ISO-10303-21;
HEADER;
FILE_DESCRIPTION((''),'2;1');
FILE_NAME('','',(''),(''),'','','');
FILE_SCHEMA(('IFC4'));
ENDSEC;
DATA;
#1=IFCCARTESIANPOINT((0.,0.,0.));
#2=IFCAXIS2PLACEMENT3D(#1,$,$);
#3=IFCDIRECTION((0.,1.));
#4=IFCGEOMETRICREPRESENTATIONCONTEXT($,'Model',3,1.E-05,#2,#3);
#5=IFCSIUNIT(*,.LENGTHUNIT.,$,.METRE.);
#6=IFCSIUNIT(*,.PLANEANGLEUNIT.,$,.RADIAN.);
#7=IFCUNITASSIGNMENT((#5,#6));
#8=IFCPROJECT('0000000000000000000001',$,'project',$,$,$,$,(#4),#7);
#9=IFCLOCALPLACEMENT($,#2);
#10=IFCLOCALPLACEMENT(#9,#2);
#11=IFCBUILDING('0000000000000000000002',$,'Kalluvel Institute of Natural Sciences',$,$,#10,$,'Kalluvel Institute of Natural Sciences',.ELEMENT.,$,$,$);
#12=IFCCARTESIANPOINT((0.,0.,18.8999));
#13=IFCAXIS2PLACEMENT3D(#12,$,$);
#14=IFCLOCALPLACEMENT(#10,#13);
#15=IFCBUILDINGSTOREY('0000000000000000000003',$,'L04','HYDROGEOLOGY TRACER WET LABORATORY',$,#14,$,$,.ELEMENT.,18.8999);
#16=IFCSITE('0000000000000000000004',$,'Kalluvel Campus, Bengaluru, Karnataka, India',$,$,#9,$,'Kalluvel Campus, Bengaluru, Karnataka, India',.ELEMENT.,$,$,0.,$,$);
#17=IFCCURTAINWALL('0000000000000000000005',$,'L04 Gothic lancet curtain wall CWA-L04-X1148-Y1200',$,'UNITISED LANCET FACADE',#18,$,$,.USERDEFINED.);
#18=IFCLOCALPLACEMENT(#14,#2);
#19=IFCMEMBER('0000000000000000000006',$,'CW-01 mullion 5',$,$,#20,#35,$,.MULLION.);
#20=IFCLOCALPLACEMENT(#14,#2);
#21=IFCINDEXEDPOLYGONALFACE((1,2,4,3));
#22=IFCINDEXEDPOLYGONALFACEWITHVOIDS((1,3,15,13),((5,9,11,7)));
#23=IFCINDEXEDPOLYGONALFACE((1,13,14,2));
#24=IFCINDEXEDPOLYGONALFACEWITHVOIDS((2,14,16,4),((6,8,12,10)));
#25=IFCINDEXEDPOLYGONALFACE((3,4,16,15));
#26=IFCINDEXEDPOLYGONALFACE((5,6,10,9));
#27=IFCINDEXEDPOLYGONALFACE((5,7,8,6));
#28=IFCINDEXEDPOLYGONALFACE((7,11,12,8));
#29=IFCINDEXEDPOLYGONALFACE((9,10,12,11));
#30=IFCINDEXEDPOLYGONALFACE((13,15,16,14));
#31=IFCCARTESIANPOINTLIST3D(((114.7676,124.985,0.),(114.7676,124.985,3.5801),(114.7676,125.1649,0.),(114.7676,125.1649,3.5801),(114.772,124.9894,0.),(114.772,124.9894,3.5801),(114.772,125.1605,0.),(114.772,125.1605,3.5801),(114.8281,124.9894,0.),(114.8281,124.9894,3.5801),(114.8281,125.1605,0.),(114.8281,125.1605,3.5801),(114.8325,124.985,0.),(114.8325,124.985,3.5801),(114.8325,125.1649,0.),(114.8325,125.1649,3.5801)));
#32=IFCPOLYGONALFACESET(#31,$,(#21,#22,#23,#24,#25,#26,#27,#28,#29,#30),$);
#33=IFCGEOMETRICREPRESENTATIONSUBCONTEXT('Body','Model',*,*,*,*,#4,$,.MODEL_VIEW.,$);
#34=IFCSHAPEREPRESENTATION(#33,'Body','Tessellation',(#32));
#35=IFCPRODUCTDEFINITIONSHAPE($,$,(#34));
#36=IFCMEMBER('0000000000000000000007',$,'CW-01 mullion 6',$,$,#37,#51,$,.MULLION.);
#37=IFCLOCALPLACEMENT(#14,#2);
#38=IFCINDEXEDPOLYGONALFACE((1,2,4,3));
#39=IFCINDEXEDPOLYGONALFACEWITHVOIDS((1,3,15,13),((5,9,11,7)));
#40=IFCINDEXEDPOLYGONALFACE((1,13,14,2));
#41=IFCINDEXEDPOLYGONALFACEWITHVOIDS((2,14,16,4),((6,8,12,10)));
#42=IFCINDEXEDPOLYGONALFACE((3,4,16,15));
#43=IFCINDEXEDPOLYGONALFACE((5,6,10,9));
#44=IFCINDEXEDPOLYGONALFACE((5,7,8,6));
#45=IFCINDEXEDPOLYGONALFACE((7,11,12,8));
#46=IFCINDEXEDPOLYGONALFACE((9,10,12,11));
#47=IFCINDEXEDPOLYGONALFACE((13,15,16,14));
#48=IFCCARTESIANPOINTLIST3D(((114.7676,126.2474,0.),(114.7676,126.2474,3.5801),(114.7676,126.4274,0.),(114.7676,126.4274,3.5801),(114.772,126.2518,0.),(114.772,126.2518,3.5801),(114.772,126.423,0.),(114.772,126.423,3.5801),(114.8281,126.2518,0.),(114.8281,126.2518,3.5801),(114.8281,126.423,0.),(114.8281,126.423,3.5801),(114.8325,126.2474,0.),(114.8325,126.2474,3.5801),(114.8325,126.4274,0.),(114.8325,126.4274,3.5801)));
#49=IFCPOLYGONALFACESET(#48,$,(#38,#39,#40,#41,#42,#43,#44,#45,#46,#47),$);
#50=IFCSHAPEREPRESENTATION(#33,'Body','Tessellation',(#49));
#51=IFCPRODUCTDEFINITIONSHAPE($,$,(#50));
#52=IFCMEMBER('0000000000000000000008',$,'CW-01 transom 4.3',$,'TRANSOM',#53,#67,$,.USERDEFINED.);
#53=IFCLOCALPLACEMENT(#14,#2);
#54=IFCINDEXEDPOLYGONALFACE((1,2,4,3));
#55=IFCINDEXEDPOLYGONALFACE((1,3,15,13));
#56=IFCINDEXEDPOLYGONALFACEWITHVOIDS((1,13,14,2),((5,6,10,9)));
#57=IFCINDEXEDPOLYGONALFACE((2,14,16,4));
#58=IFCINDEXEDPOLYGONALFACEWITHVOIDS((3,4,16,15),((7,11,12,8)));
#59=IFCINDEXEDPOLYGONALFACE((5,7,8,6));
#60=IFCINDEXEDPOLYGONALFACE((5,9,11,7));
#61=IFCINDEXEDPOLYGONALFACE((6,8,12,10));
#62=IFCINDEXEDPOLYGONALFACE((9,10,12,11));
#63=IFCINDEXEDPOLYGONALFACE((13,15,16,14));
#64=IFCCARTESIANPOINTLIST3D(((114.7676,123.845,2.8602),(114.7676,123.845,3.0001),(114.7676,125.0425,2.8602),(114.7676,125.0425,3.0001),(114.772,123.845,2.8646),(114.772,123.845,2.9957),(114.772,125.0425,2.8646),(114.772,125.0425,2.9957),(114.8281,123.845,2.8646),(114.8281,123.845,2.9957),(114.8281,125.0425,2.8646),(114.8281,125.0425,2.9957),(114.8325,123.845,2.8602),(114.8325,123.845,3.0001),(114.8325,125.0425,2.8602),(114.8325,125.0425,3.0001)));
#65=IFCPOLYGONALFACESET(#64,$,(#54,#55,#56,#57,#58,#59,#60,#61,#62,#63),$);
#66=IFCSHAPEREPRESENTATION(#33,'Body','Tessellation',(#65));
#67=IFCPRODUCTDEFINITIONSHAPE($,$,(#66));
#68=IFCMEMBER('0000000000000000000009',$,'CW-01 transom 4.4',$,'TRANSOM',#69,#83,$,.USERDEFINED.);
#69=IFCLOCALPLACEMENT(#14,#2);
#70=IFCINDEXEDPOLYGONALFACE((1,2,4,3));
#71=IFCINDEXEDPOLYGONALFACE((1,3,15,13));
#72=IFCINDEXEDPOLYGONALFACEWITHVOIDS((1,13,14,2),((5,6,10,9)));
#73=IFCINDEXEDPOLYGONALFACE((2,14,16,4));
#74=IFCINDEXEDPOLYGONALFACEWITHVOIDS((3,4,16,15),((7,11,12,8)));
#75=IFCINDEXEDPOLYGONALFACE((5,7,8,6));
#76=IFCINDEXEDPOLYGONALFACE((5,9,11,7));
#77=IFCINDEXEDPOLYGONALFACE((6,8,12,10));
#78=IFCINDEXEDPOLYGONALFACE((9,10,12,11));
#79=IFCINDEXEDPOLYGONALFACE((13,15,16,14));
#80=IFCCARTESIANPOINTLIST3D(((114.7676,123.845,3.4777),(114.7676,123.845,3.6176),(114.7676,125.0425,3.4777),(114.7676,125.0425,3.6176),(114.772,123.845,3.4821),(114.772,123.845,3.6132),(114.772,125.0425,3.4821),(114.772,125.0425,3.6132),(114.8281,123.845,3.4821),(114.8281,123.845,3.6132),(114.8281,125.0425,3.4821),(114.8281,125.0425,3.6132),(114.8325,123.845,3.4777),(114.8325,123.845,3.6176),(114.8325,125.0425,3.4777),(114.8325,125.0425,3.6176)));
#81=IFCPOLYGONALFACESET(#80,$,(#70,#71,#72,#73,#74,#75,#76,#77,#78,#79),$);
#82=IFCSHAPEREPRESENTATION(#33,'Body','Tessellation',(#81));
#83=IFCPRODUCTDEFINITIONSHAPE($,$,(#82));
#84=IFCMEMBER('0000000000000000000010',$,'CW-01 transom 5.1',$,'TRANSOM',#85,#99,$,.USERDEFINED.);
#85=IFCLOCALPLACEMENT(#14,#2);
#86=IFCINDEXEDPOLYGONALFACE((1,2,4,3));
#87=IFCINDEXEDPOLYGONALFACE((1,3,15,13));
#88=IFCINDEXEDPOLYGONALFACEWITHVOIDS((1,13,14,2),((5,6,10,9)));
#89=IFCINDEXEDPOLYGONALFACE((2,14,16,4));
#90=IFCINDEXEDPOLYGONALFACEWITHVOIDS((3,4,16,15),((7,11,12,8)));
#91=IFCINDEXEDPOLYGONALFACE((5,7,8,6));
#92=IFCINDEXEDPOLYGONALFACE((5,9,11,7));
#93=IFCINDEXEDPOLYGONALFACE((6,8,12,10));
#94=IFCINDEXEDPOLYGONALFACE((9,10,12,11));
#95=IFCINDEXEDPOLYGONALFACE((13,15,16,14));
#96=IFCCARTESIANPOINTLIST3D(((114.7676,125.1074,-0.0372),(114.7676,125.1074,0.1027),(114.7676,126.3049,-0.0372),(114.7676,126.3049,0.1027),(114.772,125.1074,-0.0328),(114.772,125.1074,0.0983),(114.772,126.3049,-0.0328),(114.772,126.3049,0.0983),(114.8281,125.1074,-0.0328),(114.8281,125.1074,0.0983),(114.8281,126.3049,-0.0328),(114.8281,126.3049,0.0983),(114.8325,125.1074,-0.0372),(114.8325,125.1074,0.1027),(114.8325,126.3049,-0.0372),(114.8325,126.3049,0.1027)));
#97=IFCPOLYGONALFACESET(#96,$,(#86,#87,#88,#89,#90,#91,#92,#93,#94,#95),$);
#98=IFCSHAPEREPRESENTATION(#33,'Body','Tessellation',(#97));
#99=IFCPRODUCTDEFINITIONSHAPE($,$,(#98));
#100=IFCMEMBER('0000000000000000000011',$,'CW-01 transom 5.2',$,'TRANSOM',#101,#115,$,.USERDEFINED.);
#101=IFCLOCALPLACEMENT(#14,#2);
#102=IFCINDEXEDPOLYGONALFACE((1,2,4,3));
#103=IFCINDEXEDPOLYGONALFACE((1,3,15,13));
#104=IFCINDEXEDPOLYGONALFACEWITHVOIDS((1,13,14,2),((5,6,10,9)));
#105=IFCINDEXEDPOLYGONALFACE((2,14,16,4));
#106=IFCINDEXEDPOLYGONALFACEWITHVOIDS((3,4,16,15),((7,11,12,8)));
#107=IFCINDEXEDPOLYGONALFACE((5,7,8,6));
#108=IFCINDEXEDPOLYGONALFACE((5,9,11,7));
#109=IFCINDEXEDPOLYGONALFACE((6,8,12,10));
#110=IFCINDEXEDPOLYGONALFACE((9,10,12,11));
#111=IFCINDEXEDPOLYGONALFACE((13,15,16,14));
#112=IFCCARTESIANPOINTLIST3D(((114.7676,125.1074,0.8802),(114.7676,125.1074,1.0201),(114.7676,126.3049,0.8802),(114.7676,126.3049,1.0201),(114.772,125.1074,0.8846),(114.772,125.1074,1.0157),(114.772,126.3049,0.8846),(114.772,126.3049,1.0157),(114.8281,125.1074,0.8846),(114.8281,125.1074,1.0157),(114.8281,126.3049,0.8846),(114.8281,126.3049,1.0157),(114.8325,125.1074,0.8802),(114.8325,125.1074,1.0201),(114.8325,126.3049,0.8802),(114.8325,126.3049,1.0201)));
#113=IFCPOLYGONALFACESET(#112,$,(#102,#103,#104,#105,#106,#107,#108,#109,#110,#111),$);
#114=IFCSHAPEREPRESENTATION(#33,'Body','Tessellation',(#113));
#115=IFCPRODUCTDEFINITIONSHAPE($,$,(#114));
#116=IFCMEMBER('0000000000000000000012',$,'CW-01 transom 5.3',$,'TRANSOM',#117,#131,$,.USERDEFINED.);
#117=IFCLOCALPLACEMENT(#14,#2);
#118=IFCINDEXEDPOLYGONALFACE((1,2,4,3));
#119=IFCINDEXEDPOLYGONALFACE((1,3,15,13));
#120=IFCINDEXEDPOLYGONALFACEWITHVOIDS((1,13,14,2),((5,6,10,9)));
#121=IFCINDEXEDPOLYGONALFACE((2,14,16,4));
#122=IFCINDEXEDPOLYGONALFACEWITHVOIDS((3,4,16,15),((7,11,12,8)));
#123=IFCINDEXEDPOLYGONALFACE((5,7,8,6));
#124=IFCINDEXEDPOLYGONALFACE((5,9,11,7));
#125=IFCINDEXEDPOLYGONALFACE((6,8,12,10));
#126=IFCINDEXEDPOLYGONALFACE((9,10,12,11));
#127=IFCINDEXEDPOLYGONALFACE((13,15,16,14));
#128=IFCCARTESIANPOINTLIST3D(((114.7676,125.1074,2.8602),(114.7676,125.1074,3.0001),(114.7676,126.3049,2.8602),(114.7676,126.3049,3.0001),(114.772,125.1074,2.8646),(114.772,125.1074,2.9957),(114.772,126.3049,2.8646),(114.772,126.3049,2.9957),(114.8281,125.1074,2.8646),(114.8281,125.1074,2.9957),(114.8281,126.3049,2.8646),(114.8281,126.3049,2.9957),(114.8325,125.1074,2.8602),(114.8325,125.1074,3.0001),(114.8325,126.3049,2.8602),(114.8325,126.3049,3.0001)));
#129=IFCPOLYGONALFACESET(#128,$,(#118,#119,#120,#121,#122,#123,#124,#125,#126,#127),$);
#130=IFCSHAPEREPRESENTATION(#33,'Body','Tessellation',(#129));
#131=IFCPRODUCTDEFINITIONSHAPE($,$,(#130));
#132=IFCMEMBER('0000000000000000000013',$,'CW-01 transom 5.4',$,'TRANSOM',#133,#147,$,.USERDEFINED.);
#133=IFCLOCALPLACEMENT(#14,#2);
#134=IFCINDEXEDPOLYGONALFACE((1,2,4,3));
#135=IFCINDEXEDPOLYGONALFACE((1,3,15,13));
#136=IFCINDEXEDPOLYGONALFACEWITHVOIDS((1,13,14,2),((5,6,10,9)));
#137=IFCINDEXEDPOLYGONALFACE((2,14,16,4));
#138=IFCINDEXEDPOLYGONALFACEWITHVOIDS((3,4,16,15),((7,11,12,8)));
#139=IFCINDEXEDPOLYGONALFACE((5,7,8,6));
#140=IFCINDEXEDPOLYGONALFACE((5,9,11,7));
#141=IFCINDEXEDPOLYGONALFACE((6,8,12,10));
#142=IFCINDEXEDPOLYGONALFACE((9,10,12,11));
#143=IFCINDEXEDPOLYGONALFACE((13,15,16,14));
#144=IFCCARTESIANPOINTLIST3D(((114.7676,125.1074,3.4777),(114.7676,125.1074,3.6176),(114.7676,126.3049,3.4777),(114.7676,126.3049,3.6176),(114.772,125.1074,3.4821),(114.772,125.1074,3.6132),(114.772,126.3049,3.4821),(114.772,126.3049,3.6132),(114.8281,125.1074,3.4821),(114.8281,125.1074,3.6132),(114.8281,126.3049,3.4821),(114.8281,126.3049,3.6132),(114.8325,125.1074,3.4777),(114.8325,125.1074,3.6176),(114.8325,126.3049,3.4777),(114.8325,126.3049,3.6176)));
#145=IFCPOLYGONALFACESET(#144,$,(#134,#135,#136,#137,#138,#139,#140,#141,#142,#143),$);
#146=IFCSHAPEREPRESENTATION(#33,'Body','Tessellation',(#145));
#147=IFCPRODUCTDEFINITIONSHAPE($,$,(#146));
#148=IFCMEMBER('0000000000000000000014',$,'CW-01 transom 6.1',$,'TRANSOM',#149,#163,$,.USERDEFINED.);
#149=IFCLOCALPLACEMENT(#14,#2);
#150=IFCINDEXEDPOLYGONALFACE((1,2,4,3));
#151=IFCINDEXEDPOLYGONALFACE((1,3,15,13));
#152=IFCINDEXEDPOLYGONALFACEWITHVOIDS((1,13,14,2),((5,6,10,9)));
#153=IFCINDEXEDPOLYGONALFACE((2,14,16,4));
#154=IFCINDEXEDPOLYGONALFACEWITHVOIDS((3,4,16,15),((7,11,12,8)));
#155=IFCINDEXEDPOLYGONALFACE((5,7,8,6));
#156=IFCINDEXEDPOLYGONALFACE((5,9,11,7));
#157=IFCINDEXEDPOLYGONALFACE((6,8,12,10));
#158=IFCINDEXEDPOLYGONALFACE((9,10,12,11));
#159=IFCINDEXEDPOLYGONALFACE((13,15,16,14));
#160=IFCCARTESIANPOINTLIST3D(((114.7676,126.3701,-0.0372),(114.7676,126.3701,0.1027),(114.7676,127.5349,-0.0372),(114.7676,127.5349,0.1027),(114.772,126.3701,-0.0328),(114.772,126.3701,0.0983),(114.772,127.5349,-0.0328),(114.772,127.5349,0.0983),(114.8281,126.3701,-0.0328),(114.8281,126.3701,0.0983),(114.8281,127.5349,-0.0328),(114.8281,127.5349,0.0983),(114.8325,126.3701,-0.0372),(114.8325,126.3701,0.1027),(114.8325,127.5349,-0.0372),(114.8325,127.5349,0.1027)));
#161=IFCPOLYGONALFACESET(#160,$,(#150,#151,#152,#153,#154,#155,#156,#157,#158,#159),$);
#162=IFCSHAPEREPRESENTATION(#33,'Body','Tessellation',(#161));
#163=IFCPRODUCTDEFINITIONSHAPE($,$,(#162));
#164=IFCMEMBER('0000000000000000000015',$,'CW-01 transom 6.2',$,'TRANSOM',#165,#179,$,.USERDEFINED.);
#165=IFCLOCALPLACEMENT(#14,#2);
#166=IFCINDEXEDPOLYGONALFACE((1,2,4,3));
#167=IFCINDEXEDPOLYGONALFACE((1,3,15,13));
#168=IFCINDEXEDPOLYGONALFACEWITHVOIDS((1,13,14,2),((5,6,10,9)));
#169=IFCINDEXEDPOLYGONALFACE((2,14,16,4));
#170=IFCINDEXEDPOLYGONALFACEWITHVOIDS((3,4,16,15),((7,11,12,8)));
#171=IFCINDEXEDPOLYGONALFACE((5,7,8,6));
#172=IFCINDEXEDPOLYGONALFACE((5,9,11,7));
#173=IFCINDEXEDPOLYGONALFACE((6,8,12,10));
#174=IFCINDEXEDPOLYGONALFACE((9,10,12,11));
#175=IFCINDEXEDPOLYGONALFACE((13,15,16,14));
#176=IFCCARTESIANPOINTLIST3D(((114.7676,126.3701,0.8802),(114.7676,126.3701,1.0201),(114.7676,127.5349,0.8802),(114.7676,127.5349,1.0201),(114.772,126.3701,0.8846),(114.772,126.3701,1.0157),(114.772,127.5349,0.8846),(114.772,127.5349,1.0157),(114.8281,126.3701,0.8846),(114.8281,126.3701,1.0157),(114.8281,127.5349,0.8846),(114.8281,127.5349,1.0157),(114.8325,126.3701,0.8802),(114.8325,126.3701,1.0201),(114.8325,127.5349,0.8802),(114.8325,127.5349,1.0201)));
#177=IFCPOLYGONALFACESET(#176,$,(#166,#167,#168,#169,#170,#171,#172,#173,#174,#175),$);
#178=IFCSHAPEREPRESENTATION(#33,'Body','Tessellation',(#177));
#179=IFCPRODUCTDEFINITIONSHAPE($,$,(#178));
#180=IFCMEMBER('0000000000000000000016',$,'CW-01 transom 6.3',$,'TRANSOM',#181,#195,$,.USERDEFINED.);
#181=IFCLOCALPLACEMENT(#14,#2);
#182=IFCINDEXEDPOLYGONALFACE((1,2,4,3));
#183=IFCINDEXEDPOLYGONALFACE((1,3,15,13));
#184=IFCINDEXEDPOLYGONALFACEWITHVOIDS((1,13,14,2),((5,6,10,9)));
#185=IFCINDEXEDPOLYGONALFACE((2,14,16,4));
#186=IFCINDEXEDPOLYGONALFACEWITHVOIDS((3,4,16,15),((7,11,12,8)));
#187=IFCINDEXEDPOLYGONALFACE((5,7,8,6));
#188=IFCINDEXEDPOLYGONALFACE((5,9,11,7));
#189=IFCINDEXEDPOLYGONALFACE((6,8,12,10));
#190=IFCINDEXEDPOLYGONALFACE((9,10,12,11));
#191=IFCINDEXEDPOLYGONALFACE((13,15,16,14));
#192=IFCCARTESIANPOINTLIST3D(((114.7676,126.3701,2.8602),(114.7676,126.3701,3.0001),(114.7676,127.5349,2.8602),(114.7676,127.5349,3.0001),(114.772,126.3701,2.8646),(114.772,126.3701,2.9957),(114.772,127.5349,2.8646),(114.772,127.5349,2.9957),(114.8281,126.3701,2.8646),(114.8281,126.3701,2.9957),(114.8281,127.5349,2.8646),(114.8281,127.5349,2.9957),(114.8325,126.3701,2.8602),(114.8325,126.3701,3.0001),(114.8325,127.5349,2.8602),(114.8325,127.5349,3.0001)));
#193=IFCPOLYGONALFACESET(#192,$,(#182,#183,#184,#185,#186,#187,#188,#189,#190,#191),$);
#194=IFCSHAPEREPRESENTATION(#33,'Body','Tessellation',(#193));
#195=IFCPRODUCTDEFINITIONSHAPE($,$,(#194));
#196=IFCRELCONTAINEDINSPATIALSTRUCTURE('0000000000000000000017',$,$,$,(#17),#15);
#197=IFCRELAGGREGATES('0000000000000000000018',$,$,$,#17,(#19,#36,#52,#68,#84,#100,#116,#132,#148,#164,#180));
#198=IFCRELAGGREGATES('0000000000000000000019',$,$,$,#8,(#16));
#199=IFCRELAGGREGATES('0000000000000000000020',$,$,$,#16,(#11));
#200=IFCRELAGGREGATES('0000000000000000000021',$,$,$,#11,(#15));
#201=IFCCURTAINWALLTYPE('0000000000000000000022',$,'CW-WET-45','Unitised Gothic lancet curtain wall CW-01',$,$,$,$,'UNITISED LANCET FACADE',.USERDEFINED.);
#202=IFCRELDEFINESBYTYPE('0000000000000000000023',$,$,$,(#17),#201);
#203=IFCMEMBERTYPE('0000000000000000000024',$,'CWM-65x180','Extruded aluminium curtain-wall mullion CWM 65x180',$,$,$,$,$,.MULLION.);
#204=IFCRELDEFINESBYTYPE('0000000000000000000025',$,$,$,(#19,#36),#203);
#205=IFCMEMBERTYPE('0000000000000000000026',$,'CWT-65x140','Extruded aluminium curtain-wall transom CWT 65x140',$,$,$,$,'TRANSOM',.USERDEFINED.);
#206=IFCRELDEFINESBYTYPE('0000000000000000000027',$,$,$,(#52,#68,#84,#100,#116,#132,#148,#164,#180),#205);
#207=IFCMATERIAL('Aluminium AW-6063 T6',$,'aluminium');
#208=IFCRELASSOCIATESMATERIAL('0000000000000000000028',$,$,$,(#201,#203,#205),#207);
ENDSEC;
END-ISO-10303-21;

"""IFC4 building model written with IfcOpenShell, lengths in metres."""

from ifc_helpers import new_model, si_unit, direction, frame, origin, origin_2d, place, context, subcontext, project, spatial, hollow_rectangle, extrude, material, material_profile, profile_set, type_object, element, aggregate, save


model = new_model("IFC4")

# Units and contexts
model_context = context("Model", 3, precision=1e-05, world=origin(), true_north=direction((0.0, 1.0)))
body_context = subcontext(model_context, "Body", "Model", "MODEL_VIEW")
ifc_project = project(units=[si_unit("LENGTHUNIT", "METRE"), si_unit("PLANEANGLEUNIT", "RADIAN")], contexts=[model_context])

# Site, building, storey
site_placement = place(None, origin())
site = spatial("IfcSite", under=ifc_project, at=site_placement, Name="Kalluvel Campus, Bengaluru, Karnataka, India", LongName="Kalluvel Campus, Bengaluru, Karnataka, India", CompositionType="ELEMENT", RefElevation=0.0)
building_placement = place(site_placement, origin())
building = spatial("IfcBuilding", under=site, at=building_placement, Name="Kalluvel Institute of Natural Sciences", LongName="Kalluvel Institute of Natural Sciences", CompositionType="ELEMENT")
storey_placement = place(building_placement, frame((0.0, 0.0, 18.8999)))
storey = spatial("IfcBuildingStorey", under=building, at=storey_placement, Name="L04", Description="HYDROGEOLOGY TRACER WET LABORATORY", CompositionType="ELEMENT", Elevation=18.8999)

# Curtain wall, members
ifc_material_1 = material(Name="Aluminium AW-6063 T6", Category="aluminium")
curtain_wall_type = type_object("IfcCurtainWallType", Name="CW-WET-45", Description="Unitised Gothic lancet curtain wall CW-01", ElementType="UNITISED LANCET FACADE", PredefinedType="USERDEFINED", material=ifc_material_1)
curtain_wall_placement = place(storey_placement, origin())
curtain_wall = element("IfcCurtainWall", 1, at=curtain_wall_placement, inside=storey, type_object=curtain_wall_type, Name="L04 Gothic lancet curtain wall CWA-L04-X1148-Y1200", ObjectType="UNITISED LANCET FACADE", PredefinedType="USERDEFINED")
ifc_material_profile_1 = material_profile(ifc_material_1, hollow_rectangle(XDim=0.0649, YDim=0.1799, WallThickness=0.0044, at=origin_2d()), Name="CWM 65x180")
ifc_profile_set_1 = profile_set([ifc_material_profile_1], Name="Aluminium AW-6063 T6")
member_type_1 = type_object("IfcMemberType", Name="CWM-65x180", Description="Extruded aluminium curtain-wall mullion CWM 65x180", PredefinedType="MULLION", material=ifc_profile_set_1)
member_1_placement = place(storey_placement, frame((114.8, 125.075, 0.0), z_axis=(0.0, 0.0, 1.0), x_axis=(-1.0, 0.0, 0.0)))
member_1 = element("IfcMember", 2, at=member_1_placement, type_object=member_type_1, Name="CW-01 mullion 5", PredefinedType="MULLION", context=body_context, shape_type="SweptSolid", body=[
    extrude(hollow_rectangle(XDim=0.0649, YDim=0.1799, WallThickness=0.0044, at=origin_2d()), origin(), (0.0, 0.0, 1.0), 3.5801),
])
member_2_placement = place(storey_placement, frame((114.8, 126.3374, 0.0), z_axis=(0.0, 0.0, 1.0), x_axis=(-1.0, 0.0, 0.0)))
member_2 = element("IfcMember", 3, at=member_2_placement, type_object=member_type_1, Name="CW-01 mullion 6", PredefinedType="MULLION", context=body_context, shape_type="SweptSolid", body=[
    extrude(hollow_rectangle(XDim=0.0649, YDim=0.1799, WallThickness=0.0044, at=origin_2d()), origin(), (0.0, 0.0, 1.0), 3.5801),
])
ifc_material_profile_2 = material_profile(ifc_material_1, hollow_rectangle(XDim=0.0649, YDim=0.1399, WallThickness=0.0044, at=origin_2d()), Name="CWT 65x140")
ifc_profile_set_2 = profile_set([ifc_material_profile_2], Name="Aluminium AW-6063 T6")
member_type_2 = type_object("IfcMemberType", Name="CWT-65x140", Description="Extruded aluminium curtain-wall transom CWT 65x140", ElementType="TRANSOM", PredefinedType="USERDEFINED", material=ifc_profile_set_2)
member_3_placement = place(storey_placement, frame((114.8, 123.845, 2.9302), z_axis=(0.0, 1.0, 0.0), x_axis=(-1.0, 0.0, 0.0)))
member_3 = element("IfcMember", 4, at=member_3_placement, type_object=member_type_2, Name="CW-01 transom 4.3", ObjectType="TRANSOM", PredefinedType="USERDEFINED", context=body_context, shape_type="SweptSolid", body=[
    extrude(hollow_rectangle(XDim=0.0649, YDim=0.1399, WallThickness=0.0044, at=origin_2d()), origin(), (0.0, 0.0, 1.0), 1.1975),
])
member_4_placement = place(storey_placement, frame((114.8, 123.845, 3.5476), z_axis=(0.0, 1.0, 0.0), x_axis=(-1.0, 0.0, 0.0)))
member_4 = element("IfcMember", 5, at=member_4_placement, type_object=member_type_2, Name="CW-01 transom 4.4", ObjectType="TRANSOM", PredefinedType="USERDEFINED", context=body_context, shape_type="SweptSolid", body=[
    extrude(hollow_rectangle(XDim=0.0649, YDim=0.1399, WallThickness=0.0044, at=origin_2d()), origin(), (0.0, 0.0, 1.0), 1.1975),
])
member_5_placement = place(storey_placement, frame((114.8, 125.1074, 0.0327), z_axis=(0.0, 1.0, 0.0), x_axis=(-1.0, 0.0, 0.0)))
member_5 = element("IfcMember", 6, at=member_5_placement, type_object=member_type_2, Name="CW-01 transom 5.1", ObjectType="TRANSOM", PredefinedType="USERDEFINED", context=body_context, shape_type="SweptSolid", body=[
    extrude(hollow_rectangle(XDim=0.0649, YDim=0.1399, WallThickness=0.0044, at=origin_2d()), origin(), (0.0, 0.0, 1.0), 1.1975),
])
member_6_placement = place(storey_placement, frame((114.8, 125.1074, 0.9502), z_axis=(0.0, 1.0, 0.0), x_axis=(-1.0, 0.0, 0.0)))
member_6 = element("IfcMember", 7, at=member_6_placement, type_object=member_type_2, Name="CW-01 transom 5.2", ObjectType="TRANSOM", PredefinedType="USERDEFINED", context=body_context, shape_type="SweptSolid", body=[
    extrude(hollow_rectangle(XDim=0.0649, YDim=0.1399, WallThickness=0.0044, at=origin_2d()), origin(), (0.0, 0.0, 1.0), 1.1975),
])
member_7_placement = place(storey_placement, frame((114.8, 125.1074, 2.9302), z_axis=(0.0, 1.0, 0.0), x_axis=(-1.0, 0.0, 0.0)))
member_7 = element("IfcMember", 8, at=member_7_placement, type_object=member_type_2, Name="CW-01 transom 5.3", ObjectType="TRANSOM", PredefinedType="USERDEFINED", context=body_context, shape_type="SweptSolid", body=[
    extrude(hollow_rectangle(XDim=0.0649, YDim=0.1399, WallThickness=0.0044, at=origin_2d()), origin(), (0.0, 0.0, 1.0), 1.1975),
])
member_8_placement = place(storey_placement, frame((114.8, 125.1074, 3.5476), z_axis=(0.0, 1.0, 0.0), x_axis=(-1.0, 0.0, 0.0)))
member_8 = element("IfcMember", 9, at=member_8_placement, type_object=member_type_2, Name="CW-01 transom 5.4", ObjectType="TRANSOM", PredefinedType="USERDEFINED", context=body_context, shape_type="SweptSolid", body=[
    extrude(hollow_rectangle(XDim=0.0649, YDim=0.1399, WallThickness=0.0044, at=origin_2d()), origin(), (0.0, 0.0, 1.0), 1.1975),
])
member_9_placement = place(storey_placement, frame((114.8, 126.3701, 0.0327), z_axis=(0.0, 1.0, 0.0), x_axis=(-1.0, 0.0, 0.0)))
member_9 = element("IfcMember", 10, at=member_9_placement, type_object=member_type_2, Name="CW-01 transom 6.1", ObjectType="TRANSOM", PredefinedType="USERDEFINED", context=body_context, shape_type="SweptSolid", body=[
    extrude(hollow_rectangle(XDim=0.0649, YDim=0.1399, WallThickness=0.0044, at=origin_2d()), origin(), (0.0, 0.0, 1.0), 1.1648),
])
member_10_placement = place(storey_placement, frame((114.8, 126.3701, 0.9502), z_axis=(0.0, 1.0, 0.0), x_axis=(-1.0, 0.0, 0.0)))
member_10 = element("IfcMember", 11, at=member_10_placement, type_object=member_type_2, Name="CW-01 transom 6.2", ObjectType="TRANSOM", PredefinedType="USERDEFINED", context=body_context, shape_type="SweptSolid", body=[
    extrude(hollow_rectangle(XDim=0.0649, YDim=0.1399, WallThickness=0.0044, at=origin_2d()), origin(), (0.0, 0.0, 1.0), 1.1648),
])
member_11_placement = place(storey_placement, frame((114.8, 126.3701, 2.9302), z_axis=(0.0, 1.0, 0.0), x_axis=(-1.0, 0.0, 0.0)))
member_11 = element("IfcMember", 12, at=member_11_placement, type_object=member_type_2, Name="CW-01 transom 6.3", ObjectType="TRANSOM", PredefinedType="USERDEFINED", context=body_context, shape_type="SweptSolid", body=[
    extrude(hollow_rectangle(XDim=0.0649, YDim=0.1399, WallThickness=0.0044, at=origin_2d()), origin(), (0.0, 0.0, 1.0), 1.1648),
])
aggregate(curtain_wall, [member_1, member_2, member_3, member_4, member_5, member_6, member_7, member_8, member_9, member_10, member_11])

save(model, "model.ifc")
